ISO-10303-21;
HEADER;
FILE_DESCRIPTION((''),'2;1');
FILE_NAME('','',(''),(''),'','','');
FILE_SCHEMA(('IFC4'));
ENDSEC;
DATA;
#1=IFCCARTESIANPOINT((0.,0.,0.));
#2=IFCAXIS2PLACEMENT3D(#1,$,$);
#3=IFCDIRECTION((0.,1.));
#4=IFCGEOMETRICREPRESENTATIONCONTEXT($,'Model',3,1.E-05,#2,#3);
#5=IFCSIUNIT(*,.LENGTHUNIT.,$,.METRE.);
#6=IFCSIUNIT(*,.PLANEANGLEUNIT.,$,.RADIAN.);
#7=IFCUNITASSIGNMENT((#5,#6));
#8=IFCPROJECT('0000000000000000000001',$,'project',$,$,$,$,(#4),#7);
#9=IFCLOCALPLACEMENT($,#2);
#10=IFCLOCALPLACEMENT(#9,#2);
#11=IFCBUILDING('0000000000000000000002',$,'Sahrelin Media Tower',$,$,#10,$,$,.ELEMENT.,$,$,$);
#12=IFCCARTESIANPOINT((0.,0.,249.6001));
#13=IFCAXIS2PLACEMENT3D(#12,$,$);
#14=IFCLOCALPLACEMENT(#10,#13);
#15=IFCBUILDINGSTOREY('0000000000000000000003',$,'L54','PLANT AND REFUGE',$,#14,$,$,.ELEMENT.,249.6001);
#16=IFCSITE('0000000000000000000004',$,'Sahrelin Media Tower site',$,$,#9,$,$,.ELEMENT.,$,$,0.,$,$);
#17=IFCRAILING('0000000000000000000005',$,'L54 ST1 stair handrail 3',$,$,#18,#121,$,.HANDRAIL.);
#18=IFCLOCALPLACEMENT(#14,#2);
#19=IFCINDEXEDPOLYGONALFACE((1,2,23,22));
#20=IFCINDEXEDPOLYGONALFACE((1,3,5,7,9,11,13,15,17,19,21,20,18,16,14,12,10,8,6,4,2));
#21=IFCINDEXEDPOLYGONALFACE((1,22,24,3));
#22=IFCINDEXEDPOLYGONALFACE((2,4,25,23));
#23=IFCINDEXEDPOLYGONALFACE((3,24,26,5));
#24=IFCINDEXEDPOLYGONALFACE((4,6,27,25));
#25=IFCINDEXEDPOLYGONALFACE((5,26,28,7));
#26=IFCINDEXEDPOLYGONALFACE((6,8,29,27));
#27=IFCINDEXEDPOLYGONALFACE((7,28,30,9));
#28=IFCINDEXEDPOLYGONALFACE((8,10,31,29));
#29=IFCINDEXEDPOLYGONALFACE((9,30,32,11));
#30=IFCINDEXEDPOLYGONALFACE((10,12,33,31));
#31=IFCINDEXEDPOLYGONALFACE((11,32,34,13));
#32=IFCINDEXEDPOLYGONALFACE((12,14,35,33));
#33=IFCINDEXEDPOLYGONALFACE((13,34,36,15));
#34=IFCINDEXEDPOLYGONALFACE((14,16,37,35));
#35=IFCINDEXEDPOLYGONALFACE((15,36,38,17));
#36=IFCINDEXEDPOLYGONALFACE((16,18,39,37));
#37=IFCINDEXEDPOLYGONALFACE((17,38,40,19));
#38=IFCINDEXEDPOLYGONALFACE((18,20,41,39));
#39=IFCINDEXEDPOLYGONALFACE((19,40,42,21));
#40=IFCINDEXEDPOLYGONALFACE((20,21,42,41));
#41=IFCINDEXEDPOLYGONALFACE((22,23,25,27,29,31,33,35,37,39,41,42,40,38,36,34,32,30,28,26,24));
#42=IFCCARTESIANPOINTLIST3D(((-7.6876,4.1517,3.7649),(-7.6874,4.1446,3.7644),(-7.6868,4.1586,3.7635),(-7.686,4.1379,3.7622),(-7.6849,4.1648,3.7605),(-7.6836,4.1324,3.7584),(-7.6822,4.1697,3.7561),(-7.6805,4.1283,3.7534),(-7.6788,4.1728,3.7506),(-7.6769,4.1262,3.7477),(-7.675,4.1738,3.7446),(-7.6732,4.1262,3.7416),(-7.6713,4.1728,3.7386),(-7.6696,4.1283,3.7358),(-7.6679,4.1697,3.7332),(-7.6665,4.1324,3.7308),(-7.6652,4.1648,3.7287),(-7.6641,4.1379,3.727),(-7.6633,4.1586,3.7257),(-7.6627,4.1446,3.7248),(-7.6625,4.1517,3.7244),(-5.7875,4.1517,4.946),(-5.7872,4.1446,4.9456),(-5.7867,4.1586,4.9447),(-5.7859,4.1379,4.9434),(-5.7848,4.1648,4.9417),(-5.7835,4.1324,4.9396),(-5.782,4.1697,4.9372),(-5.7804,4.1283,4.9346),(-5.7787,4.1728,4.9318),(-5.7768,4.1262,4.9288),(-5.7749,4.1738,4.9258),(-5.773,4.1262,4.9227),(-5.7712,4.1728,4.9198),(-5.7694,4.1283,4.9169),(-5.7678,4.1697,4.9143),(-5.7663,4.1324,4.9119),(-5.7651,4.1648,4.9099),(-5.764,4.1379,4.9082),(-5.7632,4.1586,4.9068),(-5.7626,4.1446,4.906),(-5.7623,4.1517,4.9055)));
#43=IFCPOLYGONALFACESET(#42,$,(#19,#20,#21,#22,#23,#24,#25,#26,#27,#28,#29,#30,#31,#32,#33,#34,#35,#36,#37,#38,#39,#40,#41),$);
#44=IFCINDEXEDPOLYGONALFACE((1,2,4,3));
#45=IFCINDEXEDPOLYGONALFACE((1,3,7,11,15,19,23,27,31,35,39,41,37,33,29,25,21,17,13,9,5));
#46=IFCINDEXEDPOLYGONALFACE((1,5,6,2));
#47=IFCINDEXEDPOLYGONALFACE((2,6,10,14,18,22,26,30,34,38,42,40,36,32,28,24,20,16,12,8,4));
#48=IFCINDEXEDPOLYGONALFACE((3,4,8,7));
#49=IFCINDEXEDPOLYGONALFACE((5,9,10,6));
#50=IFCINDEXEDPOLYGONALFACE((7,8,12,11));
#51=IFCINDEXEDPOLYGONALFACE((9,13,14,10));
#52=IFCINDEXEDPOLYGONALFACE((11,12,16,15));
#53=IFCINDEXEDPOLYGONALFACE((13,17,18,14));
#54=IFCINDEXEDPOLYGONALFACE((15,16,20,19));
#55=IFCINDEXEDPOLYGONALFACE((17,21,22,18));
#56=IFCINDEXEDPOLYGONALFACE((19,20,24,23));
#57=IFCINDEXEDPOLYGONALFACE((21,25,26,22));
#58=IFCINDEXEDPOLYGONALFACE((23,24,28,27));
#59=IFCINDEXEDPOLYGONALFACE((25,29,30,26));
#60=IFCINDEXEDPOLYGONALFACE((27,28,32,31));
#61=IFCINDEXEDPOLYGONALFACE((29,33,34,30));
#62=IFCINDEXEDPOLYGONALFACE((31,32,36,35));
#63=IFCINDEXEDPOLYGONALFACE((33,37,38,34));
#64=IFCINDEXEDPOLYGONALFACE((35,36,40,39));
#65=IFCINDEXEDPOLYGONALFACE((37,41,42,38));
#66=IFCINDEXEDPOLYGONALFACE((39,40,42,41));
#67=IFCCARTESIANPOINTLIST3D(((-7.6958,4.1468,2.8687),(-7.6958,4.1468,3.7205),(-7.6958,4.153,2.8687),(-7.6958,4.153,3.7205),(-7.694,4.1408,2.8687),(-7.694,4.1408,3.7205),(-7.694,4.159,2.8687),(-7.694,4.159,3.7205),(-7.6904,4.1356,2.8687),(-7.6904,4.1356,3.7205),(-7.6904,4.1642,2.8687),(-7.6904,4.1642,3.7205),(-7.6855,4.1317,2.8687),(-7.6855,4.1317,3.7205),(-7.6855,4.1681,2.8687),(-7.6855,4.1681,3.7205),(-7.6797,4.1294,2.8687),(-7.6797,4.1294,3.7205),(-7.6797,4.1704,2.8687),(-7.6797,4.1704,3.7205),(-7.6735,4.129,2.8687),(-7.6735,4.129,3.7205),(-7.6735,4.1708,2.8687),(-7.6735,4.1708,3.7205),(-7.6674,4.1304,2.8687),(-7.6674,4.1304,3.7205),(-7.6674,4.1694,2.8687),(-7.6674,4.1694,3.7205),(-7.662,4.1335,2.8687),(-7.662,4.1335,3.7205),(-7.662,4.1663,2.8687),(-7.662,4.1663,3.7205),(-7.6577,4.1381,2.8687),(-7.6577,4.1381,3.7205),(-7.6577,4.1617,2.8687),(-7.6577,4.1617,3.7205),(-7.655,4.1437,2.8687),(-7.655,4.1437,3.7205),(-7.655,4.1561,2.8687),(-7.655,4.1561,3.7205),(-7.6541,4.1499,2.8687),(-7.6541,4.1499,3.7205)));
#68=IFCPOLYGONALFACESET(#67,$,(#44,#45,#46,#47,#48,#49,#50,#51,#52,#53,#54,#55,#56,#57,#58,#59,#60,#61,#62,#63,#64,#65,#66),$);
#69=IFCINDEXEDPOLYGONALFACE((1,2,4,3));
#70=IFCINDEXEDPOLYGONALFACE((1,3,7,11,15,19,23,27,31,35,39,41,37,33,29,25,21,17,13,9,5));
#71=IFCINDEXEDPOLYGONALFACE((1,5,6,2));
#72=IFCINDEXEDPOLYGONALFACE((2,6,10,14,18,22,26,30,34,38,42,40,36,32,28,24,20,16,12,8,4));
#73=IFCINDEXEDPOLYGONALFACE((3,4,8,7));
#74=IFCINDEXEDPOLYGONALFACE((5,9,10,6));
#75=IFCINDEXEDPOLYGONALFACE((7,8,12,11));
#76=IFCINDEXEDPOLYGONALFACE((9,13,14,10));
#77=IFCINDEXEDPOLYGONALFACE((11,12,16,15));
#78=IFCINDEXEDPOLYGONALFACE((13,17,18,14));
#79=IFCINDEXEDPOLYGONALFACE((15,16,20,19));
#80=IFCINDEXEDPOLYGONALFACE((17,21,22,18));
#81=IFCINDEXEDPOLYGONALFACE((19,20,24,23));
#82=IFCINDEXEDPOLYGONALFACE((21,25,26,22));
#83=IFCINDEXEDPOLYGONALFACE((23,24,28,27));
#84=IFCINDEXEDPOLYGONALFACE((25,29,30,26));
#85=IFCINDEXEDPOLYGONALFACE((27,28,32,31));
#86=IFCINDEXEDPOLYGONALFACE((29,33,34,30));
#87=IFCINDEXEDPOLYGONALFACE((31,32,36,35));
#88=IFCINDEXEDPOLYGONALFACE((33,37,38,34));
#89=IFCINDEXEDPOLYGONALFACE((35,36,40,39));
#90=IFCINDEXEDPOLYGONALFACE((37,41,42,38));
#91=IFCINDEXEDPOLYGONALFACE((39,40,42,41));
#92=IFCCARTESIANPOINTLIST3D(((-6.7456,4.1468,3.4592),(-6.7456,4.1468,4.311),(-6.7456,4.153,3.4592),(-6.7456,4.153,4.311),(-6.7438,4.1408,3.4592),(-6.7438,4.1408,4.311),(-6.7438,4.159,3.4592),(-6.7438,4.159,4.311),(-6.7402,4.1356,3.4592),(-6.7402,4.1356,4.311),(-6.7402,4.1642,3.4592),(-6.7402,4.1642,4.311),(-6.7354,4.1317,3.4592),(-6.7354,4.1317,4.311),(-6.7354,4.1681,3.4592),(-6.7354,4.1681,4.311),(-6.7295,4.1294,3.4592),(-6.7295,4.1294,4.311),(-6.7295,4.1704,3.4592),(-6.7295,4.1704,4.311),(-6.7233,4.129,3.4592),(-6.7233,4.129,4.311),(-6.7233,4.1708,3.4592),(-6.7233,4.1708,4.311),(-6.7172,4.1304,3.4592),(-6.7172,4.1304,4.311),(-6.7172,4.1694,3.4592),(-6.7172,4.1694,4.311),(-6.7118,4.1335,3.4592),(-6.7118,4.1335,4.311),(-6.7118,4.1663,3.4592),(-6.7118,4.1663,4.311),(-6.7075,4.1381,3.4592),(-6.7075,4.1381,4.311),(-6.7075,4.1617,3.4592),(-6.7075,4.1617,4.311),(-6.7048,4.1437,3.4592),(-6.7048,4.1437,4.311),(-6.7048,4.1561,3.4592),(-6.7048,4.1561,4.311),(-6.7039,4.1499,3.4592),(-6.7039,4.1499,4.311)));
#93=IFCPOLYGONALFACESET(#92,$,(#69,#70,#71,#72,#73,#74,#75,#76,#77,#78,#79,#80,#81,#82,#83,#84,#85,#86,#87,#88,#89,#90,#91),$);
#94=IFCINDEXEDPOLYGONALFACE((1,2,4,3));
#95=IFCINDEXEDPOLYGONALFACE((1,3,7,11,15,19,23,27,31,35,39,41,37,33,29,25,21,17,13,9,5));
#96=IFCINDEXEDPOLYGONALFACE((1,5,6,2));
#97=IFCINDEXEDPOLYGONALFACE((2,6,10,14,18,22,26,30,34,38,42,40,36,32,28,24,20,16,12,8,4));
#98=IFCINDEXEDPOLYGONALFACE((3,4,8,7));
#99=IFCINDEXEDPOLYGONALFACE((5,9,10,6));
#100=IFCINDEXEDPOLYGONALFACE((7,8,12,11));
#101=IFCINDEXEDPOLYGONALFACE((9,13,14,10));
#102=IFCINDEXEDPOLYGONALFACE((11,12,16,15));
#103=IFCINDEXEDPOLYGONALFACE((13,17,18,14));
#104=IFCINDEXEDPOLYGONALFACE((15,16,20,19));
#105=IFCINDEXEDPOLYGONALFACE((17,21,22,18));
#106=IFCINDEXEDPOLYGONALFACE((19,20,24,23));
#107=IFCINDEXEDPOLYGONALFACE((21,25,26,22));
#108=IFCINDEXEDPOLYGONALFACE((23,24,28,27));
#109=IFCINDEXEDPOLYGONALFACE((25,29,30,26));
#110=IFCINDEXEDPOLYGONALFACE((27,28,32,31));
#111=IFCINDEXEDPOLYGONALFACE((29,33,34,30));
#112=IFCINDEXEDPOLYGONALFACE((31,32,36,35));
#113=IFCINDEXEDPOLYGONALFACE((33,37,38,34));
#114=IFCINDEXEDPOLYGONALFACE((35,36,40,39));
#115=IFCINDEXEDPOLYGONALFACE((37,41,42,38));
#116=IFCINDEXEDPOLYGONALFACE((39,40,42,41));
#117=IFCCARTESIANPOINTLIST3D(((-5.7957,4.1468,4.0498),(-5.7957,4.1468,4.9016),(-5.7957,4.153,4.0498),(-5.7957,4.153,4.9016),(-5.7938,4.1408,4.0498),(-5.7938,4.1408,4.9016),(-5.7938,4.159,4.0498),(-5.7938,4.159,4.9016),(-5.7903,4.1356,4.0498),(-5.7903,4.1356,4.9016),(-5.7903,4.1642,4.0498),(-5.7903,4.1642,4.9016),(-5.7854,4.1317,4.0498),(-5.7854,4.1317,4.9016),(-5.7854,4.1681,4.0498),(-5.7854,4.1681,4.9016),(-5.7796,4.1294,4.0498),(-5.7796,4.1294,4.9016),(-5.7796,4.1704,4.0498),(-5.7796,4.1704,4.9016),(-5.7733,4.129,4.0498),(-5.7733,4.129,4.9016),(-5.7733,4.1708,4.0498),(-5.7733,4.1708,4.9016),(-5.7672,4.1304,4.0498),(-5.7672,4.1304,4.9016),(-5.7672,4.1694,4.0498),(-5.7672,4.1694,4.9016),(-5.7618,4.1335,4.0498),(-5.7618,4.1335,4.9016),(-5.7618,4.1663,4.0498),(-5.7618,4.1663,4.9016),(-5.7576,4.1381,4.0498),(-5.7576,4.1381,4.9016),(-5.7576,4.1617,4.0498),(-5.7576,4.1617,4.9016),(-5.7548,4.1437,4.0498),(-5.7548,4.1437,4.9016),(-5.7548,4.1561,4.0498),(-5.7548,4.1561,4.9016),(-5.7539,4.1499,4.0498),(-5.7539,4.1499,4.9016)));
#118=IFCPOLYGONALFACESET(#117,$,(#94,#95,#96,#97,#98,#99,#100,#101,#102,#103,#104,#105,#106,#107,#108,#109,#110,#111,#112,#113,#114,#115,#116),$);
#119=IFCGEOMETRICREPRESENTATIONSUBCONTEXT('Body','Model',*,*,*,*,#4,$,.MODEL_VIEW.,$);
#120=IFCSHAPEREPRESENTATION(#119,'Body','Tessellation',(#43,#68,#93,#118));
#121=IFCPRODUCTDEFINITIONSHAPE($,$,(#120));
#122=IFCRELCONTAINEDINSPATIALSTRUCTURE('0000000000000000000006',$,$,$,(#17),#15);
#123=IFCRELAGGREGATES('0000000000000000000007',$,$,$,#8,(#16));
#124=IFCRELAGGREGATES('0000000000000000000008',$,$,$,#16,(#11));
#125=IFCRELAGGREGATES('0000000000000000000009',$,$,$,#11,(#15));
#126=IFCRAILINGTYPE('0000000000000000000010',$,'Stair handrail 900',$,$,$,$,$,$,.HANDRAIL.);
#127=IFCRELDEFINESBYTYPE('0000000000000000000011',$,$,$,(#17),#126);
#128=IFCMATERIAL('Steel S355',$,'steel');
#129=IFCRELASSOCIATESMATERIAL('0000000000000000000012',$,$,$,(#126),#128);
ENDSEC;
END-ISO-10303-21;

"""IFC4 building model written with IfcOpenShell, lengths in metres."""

from ifc_helpers import new_model, si_unit, direction, frame, origin, origin_2d, place, context, subcontext, project, spatial, circle, extrude, material, type_object, element, save


model = new_model("IFC4")

# Units and contexts
model_context = context("Model", 3, precision=1e-05, world=origin(), true_north=direction((0.0, 1.0)))
body_context = subcontext(model_context, "Body", "Model", "MODEL_VIEW")
ifc_project = project(units=[si_unit("LENGTHUNIT", "METRE"), si_unit("PLANEANGLEUNIT", "RADIAN")], contexts=[model_context])

# Site, building, storey
site_placement = place(None, origin())
site = spatial("IfcSite", under=ifc_project, at=site_placement, Name="Sahrelin Media Tower site", CompositionType="ELEMENT", RefElevation=0.0)
building_placement = place(site_placement, origin())
building = spatial("IfcBuilding", under=site, at=building_placement, Name="Sahrelin Media Tower", CompositionType="ELEMENT")
storey_placement = place(building_placement, frame((0.0, 0.0, 249.6001)))
storey = spatial("IfcBuildingStorey", under=building, at=storey_placement, Name="L54", Description="PLANT AND REFUGE", CompositionType="ELEMENT", Elevation=249.6001)

# Railing
ifc_material_1 = material(Name="Steel S355", Category="steel")
railing_type_1 = type_object("IfcRailingType", Name="Stair handrail 900", PredefinedType="HANDRAIL", material=ifc_material_1)
railing_1_placement = place(storey_placement, frame((-7.675, 4.1499, 2.8687)))
element("IfcRailing", 1, at=railing_1_placement, inside=storey, type_object=railing_type_1, Name="L54 ST1 stair handrail 3", PredefinedType="HANDRAIL", context=body_context, shape_type="SweptSolid", body=[
    extrude(circle(Radius=0.0239, at=origin_2d()), frame((0.0, 0.0, 0.876), z_axis=(0.849289, 0.0, 0.527928), x_axis=(0.0, 1.0, 0.0)), (0.0, 0.0, 1.0), 2.2373),
    extrude(circle(Radius=0.021, at=origin_2d()), origin(), (0.0, 0.0, 1.0), 0.8518),
    extrude(circle(Radius=0.021, at=origin_2d()), frame((0.9502, 0.0, 0.5906)), (0.0, 0.0, 1.0), 0.8518),
    extrude(circle(Radius=0.021, at=origin_2d()), frame((1.9001, 0.0, 1.1812)), (0.0, 0.0, 1.0), 0.8518),
])

save(model, "model.ifc")
